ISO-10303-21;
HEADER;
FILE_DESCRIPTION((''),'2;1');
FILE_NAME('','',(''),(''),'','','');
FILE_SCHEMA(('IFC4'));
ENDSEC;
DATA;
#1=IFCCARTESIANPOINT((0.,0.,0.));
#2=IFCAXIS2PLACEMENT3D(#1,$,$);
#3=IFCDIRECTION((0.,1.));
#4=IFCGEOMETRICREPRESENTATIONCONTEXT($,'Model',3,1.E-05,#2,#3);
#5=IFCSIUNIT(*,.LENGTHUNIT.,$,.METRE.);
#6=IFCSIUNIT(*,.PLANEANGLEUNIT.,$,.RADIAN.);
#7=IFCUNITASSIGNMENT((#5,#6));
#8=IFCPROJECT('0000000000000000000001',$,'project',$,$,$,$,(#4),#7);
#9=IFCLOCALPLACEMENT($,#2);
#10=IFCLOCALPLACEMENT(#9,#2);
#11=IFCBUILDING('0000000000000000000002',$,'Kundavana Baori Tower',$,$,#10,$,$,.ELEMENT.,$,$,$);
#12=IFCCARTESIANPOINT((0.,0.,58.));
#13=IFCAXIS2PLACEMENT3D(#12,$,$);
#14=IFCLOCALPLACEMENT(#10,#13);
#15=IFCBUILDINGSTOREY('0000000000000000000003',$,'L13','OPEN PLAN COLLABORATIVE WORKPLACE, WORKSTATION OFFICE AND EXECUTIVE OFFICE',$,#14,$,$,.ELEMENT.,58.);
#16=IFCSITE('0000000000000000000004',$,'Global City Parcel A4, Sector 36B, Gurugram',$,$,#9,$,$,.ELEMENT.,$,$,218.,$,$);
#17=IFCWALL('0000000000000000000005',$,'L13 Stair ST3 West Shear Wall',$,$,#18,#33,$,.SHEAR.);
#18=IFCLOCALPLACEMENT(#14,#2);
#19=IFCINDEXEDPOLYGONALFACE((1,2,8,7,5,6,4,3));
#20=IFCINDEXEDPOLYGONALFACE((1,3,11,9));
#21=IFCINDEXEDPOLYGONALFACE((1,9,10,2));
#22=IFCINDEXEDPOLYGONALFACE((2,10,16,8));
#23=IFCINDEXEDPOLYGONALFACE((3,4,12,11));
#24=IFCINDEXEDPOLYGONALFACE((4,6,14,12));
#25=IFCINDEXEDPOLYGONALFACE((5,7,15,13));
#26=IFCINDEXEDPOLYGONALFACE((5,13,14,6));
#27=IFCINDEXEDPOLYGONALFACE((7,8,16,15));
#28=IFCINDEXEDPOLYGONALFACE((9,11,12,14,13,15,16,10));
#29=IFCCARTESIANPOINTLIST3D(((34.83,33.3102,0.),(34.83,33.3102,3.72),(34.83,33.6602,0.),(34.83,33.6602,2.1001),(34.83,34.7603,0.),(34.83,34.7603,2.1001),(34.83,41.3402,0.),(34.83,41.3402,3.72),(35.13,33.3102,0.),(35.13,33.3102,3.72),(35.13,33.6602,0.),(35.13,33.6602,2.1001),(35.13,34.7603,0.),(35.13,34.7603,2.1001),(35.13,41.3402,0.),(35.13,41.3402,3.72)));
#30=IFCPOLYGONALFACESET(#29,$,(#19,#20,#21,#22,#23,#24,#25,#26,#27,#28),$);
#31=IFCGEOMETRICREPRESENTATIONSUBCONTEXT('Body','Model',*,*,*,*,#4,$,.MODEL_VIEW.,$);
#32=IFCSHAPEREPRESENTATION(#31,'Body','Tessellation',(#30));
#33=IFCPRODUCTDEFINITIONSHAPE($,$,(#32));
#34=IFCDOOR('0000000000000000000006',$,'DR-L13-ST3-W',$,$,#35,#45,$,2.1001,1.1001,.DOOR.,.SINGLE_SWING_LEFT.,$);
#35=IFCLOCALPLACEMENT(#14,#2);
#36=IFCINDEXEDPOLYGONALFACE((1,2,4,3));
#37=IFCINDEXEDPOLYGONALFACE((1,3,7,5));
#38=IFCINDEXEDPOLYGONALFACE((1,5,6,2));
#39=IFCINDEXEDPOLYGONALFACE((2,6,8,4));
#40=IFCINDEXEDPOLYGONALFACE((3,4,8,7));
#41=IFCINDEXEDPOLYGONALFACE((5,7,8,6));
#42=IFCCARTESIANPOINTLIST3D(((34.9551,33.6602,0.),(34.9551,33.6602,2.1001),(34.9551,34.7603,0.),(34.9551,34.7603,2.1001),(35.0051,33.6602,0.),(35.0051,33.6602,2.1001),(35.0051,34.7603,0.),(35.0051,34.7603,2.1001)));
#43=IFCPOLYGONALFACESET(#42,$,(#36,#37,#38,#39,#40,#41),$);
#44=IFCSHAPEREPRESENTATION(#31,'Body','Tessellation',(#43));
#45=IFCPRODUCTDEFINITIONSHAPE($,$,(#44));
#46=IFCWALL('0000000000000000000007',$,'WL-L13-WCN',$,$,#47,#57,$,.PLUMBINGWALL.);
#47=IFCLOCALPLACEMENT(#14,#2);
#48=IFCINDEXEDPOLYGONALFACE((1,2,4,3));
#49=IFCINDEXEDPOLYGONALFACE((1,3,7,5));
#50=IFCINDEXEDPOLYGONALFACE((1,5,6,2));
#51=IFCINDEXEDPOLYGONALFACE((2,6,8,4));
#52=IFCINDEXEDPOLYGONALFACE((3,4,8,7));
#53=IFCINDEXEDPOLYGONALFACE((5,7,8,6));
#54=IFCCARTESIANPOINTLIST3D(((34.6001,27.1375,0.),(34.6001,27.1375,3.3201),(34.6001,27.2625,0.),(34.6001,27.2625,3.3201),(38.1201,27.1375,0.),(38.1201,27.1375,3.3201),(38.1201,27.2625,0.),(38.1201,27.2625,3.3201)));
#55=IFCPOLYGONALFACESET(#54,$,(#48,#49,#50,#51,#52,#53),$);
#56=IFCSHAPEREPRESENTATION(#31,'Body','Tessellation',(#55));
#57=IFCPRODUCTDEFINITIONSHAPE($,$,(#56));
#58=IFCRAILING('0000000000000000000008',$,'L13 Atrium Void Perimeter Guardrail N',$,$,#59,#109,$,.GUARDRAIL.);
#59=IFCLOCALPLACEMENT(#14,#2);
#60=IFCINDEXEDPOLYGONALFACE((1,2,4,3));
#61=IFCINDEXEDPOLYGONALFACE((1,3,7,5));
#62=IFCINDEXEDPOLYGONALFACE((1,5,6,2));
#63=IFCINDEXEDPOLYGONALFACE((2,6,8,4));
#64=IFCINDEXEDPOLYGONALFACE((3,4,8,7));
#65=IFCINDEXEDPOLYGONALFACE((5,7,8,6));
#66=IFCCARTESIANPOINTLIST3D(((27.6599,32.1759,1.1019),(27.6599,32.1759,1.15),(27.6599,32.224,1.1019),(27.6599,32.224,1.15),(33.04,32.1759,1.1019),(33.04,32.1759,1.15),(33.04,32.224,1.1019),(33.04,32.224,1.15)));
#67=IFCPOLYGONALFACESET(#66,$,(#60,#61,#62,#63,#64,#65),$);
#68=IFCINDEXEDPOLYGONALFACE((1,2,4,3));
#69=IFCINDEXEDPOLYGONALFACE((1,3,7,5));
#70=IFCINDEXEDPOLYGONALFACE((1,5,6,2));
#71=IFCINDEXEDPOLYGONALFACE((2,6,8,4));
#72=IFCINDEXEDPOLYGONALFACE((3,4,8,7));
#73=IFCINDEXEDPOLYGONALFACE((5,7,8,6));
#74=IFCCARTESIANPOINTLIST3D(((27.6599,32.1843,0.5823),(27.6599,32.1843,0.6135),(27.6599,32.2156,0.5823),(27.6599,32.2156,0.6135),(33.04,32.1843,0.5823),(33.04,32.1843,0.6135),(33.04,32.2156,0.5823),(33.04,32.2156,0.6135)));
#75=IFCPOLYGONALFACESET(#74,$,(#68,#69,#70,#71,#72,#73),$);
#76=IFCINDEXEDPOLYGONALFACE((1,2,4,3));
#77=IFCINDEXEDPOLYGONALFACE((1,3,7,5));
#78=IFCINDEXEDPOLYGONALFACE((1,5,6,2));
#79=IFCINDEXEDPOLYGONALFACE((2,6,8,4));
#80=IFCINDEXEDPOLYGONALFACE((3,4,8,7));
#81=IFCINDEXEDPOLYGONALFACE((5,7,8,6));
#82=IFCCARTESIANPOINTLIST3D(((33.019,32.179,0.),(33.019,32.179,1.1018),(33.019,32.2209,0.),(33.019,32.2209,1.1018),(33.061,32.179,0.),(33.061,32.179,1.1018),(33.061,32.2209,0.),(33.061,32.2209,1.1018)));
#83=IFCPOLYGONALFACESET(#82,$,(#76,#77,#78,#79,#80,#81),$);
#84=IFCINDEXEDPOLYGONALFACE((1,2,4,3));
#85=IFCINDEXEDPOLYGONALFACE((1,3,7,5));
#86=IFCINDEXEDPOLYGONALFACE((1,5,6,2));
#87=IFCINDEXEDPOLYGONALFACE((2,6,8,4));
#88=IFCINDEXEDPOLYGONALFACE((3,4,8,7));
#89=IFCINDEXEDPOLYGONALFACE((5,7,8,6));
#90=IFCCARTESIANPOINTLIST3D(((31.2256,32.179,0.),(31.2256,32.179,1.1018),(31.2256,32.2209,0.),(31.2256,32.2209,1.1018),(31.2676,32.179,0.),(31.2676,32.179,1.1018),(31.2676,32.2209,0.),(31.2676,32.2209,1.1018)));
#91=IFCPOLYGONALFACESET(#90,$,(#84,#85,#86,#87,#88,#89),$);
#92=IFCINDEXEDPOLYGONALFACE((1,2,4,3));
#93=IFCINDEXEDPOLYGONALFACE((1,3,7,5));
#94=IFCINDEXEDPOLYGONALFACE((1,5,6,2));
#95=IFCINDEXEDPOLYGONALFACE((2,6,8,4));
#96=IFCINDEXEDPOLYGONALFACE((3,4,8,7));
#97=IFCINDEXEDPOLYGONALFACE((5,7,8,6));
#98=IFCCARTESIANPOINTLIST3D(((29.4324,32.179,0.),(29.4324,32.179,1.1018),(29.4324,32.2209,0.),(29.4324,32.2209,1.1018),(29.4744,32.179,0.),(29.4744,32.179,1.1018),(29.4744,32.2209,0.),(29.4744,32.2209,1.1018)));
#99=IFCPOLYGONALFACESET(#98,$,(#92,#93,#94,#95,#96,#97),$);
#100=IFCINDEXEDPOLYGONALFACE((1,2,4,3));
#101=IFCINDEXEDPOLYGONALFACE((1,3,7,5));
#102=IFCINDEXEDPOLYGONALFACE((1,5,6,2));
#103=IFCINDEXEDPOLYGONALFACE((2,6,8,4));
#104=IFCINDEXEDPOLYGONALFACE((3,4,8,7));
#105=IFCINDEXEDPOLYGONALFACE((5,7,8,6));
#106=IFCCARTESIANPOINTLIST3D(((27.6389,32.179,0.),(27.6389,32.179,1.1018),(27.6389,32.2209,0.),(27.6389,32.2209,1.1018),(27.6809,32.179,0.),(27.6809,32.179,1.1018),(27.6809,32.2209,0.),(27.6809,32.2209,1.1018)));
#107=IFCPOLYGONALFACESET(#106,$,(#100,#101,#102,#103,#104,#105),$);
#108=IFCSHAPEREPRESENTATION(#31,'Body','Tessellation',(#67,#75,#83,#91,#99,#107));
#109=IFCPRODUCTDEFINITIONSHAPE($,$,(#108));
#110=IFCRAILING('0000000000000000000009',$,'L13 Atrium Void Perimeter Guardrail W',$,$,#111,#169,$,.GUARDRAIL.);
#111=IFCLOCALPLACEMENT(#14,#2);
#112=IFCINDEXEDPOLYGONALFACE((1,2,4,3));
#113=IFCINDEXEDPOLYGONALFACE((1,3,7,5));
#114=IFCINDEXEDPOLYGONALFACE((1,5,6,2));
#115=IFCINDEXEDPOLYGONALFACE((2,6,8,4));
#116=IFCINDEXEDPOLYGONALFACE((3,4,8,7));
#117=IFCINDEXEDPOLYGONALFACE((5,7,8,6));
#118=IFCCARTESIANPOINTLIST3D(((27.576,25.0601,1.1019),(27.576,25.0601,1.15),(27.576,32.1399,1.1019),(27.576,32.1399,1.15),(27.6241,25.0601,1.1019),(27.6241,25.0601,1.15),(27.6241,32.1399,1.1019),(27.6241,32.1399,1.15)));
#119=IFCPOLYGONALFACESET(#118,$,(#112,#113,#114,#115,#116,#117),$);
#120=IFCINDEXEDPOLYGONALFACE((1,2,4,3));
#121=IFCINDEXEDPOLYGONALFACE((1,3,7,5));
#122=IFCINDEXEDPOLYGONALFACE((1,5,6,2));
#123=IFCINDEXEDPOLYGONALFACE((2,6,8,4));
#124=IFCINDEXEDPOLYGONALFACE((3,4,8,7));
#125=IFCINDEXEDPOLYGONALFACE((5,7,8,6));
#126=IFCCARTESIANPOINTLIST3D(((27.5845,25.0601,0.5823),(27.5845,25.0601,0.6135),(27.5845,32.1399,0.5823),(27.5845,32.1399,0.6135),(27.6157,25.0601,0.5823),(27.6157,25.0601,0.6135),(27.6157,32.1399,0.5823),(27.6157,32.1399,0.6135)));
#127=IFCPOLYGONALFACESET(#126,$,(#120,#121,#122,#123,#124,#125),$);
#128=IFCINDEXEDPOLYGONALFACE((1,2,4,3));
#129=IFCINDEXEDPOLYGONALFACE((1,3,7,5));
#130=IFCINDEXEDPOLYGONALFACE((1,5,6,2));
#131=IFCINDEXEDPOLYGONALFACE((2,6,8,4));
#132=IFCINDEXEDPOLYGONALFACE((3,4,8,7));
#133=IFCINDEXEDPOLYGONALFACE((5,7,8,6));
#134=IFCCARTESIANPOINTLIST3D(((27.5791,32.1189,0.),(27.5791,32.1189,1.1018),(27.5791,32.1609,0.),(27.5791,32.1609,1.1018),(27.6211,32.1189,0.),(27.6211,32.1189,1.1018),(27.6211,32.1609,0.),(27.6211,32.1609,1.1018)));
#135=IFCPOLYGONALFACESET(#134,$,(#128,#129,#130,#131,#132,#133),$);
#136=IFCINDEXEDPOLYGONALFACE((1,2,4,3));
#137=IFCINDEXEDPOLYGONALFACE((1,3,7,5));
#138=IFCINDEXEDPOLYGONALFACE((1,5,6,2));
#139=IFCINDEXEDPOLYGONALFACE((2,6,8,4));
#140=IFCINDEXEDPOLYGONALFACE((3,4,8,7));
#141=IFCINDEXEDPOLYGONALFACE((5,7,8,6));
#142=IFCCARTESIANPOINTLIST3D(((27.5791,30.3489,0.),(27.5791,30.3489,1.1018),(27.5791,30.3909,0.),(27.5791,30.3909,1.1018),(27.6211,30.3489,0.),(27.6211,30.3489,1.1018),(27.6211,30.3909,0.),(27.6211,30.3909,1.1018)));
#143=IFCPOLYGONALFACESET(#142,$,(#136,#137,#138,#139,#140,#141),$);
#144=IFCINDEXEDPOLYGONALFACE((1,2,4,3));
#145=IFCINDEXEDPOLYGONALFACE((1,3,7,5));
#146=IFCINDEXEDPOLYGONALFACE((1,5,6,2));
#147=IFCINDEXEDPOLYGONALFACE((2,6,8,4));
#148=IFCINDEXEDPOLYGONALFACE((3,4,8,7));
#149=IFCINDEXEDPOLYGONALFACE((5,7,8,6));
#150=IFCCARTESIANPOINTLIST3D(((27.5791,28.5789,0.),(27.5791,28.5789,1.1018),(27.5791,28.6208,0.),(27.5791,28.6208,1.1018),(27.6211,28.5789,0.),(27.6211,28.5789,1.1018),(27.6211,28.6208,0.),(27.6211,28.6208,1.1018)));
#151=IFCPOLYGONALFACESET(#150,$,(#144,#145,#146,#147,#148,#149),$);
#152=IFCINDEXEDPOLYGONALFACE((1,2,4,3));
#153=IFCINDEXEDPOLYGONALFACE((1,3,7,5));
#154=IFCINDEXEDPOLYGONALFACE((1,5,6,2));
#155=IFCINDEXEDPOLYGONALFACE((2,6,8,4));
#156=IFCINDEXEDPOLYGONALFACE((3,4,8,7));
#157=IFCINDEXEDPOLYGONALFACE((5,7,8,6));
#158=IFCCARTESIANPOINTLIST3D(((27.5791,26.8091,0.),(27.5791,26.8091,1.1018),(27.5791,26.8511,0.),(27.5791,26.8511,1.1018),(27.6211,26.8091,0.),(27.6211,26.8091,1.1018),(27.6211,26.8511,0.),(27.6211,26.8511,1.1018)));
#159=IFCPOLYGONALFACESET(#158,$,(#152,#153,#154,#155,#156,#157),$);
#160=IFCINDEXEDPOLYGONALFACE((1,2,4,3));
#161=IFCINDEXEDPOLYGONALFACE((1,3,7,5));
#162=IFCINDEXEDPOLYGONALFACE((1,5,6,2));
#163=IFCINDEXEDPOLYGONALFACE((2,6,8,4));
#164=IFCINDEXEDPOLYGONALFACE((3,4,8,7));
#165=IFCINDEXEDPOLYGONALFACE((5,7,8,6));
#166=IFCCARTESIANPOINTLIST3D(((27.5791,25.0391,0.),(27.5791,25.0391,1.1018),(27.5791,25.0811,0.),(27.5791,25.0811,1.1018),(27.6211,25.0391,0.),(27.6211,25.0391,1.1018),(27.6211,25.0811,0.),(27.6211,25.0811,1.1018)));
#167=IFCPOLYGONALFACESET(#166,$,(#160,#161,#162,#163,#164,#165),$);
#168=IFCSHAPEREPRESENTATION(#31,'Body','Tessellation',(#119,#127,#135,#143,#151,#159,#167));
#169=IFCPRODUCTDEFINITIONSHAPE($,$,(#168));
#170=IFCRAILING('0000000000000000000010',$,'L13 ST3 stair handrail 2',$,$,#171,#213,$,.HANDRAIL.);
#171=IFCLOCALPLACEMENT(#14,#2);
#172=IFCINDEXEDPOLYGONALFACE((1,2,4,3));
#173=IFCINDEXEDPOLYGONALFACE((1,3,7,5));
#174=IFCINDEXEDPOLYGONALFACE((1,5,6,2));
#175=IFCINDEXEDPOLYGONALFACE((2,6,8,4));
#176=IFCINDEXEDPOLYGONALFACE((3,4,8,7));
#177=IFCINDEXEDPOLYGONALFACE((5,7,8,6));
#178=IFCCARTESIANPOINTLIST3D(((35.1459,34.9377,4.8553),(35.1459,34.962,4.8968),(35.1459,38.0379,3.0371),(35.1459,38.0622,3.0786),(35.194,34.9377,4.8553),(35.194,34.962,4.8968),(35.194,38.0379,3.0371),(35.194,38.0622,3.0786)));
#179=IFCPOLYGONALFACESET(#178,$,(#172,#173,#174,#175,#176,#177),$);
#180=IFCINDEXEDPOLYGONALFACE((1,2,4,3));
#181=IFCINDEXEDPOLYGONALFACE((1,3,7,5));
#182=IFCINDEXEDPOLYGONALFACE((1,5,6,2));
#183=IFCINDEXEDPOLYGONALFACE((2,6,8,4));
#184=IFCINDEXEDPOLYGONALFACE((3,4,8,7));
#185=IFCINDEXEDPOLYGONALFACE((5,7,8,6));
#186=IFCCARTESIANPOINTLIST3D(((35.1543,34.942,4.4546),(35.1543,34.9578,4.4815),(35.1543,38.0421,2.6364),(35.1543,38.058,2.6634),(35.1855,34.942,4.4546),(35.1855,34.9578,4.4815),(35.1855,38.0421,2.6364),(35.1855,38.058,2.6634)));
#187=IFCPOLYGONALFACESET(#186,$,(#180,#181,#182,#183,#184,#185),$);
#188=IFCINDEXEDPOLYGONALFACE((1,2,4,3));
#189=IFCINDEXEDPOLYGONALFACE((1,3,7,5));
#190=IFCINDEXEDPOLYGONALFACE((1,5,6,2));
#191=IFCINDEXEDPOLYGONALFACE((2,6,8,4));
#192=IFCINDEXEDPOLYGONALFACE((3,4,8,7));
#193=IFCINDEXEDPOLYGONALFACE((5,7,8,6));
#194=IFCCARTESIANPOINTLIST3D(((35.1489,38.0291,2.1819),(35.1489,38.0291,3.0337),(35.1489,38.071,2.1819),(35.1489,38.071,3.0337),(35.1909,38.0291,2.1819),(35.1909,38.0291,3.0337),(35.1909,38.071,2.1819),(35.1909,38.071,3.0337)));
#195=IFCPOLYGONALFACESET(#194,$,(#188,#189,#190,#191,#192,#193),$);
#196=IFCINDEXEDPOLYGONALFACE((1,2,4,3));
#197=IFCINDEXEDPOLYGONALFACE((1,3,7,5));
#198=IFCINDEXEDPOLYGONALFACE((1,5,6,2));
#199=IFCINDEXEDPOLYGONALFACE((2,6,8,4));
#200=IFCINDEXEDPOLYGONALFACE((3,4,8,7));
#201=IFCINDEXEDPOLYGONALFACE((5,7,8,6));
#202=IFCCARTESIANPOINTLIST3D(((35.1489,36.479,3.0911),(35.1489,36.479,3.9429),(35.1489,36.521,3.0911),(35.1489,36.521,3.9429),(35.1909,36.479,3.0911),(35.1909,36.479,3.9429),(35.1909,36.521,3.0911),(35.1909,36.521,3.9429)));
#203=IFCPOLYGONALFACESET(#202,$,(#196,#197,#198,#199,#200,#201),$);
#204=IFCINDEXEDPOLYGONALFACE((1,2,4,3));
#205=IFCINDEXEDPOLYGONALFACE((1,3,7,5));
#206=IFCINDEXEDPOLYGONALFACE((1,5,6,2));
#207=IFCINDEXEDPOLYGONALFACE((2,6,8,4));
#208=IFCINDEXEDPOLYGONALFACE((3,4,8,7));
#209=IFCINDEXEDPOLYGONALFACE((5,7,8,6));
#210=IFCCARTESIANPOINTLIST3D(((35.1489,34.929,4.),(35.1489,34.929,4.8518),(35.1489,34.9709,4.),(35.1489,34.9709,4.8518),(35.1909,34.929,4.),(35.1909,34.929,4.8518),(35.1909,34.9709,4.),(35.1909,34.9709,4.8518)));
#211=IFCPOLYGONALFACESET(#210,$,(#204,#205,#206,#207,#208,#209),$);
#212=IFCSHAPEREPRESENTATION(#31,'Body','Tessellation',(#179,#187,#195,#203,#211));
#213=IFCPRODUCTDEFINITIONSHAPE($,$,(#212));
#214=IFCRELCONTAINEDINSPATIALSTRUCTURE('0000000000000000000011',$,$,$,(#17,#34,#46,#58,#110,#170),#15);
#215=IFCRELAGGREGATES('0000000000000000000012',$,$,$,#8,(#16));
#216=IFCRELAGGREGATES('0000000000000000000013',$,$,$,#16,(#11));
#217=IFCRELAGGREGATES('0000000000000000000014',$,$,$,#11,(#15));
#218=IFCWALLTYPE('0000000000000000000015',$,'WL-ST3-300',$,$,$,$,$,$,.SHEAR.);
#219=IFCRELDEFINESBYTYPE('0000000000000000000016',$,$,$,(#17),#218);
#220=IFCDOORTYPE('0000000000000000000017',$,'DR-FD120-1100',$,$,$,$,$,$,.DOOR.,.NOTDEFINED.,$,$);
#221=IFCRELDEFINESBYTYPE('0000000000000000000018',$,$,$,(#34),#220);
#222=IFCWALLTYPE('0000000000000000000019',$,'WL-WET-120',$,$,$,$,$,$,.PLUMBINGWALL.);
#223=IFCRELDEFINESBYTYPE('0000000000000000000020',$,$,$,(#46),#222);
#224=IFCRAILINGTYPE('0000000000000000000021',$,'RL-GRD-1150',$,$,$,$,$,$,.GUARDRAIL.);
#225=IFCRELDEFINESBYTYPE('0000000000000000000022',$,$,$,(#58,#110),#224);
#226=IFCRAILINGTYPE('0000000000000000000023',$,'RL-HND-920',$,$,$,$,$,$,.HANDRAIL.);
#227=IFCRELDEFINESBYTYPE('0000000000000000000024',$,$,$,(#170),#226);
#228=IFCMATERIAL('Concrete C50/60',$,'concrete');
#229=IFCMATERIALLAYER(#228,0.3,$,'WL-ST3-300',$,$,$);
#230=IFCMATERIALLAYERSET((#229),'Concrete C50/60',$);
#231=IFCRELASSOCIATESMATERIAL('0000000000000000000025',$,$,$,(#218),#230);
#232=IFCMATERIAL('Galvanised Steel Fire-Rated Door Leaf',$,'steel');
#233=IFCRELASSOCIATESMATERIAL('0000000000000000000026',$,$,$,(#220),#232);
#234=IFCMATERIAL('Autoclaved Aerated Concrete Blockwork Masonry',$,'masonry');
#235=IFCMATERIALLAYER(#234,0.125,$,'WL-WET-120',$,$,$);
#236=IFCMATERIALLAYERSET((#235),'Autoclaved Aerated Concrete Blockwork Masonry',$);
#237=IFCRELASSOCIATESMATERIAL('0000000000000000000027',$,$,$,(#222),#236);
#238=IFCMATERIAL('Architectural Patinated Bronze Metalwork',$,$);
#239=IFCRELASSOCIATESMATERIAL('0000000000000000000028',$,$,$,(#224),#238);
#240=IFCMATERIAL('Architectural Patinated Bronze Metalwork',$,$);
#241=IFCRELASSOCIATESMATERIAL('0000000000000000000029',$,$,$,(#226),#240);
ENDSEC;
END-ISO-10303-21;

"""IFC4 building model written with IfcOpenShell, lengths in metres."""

from ifc_helpers import new_model, si_unit, direction, frame, frame_2d, origin, origin_2d, place, context, subcontext, project, spatial, rectangle, extrude, material, layer, layer_set, type_object, element, fill, save


model = new_model("IFC4")

# Units and contexts
model_context = context("Model", 3, precision=1e-05, world=origin(), true_north=direction((0.0, 1.0)))
body_context = subcontext(model_context, "Body", "Model", "MODEL_VIEW")
ifc_project = project(units=[si_unit("LENGTHUNIT", "METRE"), si_unit("PLANEANGLEUNIT", "RADIAN")], contexts=[model_context])

# Site, building, storey
site_placement = place(None, origin())
site = spatial("IfcSite", under=ifc_project, at=site_placement, Name="Global City Parcel A4, Sector 36B, Gurugram", CompositionType="ELEMENT", RefElevation=218.0)
building_placement = place(site_placement, origin())
building = spatial("IfcBuilding", under=site, at=building_placement, Name="Kundavana Baori Tower", CompositionType="ELEMENT")
storey_placement = place(building_placement, frame((0.0, 0.0, 58.0)))
storey = spatial("IfcBuildingStorey", under=building, at=storey_placement, Name="L13", Description="OPEN PLAN COLLABORATIVE WORKPLACE, WORKSTATION OFFICE AND EXECUTIVE OFFICE", CompositionType="ELEMENT", Elevation=58.0)

# Shared definitions
ifc_material_1 = material(Name="Concrete C50/60", Category="concrete")
ifc_layer_1 = layer(ifc_material_1, 0.3, Name="WL-ST3-300")
ifc_layer_set_1 = layer_set([ifc_layer_1], Name="Concrete C50/60")
wall_type_1 = type_object("IfcWallType", Name="WL-ST3-300", PredefinedType="SHEAR", material=ifc_layer_set_1)

# Wall, opening, door
wall_1_placement = place(storey_placement, frame((34.98, 33.3101, 0.0), z_axis=(0.0, 0.0, 1.0), x_axis=(0.0, 1.0, 0.0)))
wall_1 = element("IfcWall", 1, at=wall_1_placement, inside=storey, type_object=wall_type_1, Name="L13 Stair ST3 West Shear Wall", PredefinedType="SHEAR", context=body_context, shape_type="SweptSolid", body=[
    extrude(rectangle(XDim=8.03, YDim=0.3, at=frame_2d((4.0151, 0.0))), origin(), (0.0, 0.0, 1.0), 3.72),
])
opening_1_placement = place(wall_1_placement, frame((0.3501, 0.0, 0.0)))
opening_1 = element("IfcOpeningElement", 2, at=opening_1_placement, cuts=wall_1, PredefinedType="OPENING", context=body_context, shape_type="SweptSolid", body=[
    extrude(rectangle(XDim=1.1001, YDim=2.1001, at=frame_2d((0.55, 1.05))), frame((0.0, 0.1602, 0.0), z_axis=(0.0, -1.0, 0.0), x_axis=(1.0, 0.0, 0.0)), (0.0, 0.0, 1.0), 0.3201),
])
ifc_material_2 = material(Name="Galvanised Steel Fire-Rated Door Leaf", Category="steel")
door_type_1 = type_object("IfcDoorType", Name="DR-FD120-1100", OperationType="NOTDEFINED", PredefinedType="DOOR", material=ifc_material_2)
door_1_placement = place(opening_1_placement, origin())
door_1 = element("IfcDoor", 3, at=door_1_placement, inside=storey, type_object=door_type_1, Name="DR-L13-ST3-W", OperationType="SINGLE_SWING_LEFT", OverallHeight=2.1001, OverallWidth=1.1001, PredefinedType="DOOR", context=body_context, shape_type="SweptSolid", body=[
    extrude(rectangle(XDim=1.1001, YDim=2.1001, at=frame_2d((0.55, 1.05))), frame((0.0, 0.0249, 0.0), z_axis=(0.0, -1.0, 0.0), x_axis=(1.0, 0.0, 0.0)), (0.0, 0.0, 1.0), 0.05),
])
fill(opening_1, door_1)

# Wall
ifc_material_3 = material(Name="Autoclaved Aerated Concrete Blockwork Masonry", Category="masonry")
ifc_layer_2 = layer(ifc_material_3, 0.125, Name="WL-WET-120")
ifc_layer_set_2 = layer_set([ifc_layer_2], Name="Autoclaved Aerated Concrete Blockwork Masonry")
wall_type_2 = type_object("IfcWallType", Name="WL-WET-120", PredefinedType="PLUMBINGWALL", material=ifc_layer_set_2)
wall_2_placement = place(storey_placement, frame((34.6001, 27.2, 0.0), z_axis=(0.0, 0.0, 1.0), x_axis=(1.0, 0.0, 0.0)))
element("IfcWall", 4, at=wall_2_placement, inside=storey, type_object=wall_type_2, Name="WL-L13-WCN", PredefinedType="PLUMBINGWALL", context=body_context, shape_type="SweptSolid", body=[
    extrude(rectangle(XDim=3.52, YDim=0.125, at=frame_2d((1.76, 0.0))), origin(), (0.0, 0.0, 1.0), 3.3201),
])

# Railings
ifc_material_4 = material(Name="Architectural Patinated Bronze Metalwork")
railing_type_1 = type_object("IfcRailingType", Name="RL-GRD-1150", PredefinedType="GUARDRAIL", material=ifc_material_4)
railing_1_placement = place(storey_placement, frame((33.04, 32.2, 0.0)))
element("IfcRailing", 5, at=railing_1_placement, inside=storey, type_object=railing_type_1, Name="L13 Atrium Void Perimeter Guardrail N", PredefinedType="GUARDRAIL", context=body_context, shape_type="SweptSolid", body=[
    extrude(rectangle(XDim=0.0481, YDim=0.0481, at=origin_2d()), frame((0.0, 0.0, 1.126), z_axis=(-1.0, 0.0, 0.0), x_axis=(0.0, -1.0, 0.0)), (0.0, 0.0, 1.0), 5.3801),
    extrude(rectangle(XDim=0.0312, YDim=0.0312, at=origin_2d()), frame((0.0, 0.0, 0.5979), z_axis=(-1.0, 0.0, 0.0), x_axis=(0.0, -1.0, 0.0)), (0.0, 0.0, 1.0), 5.3801),
    extrude(rectangle(XDim=0.042, YDim=0.042, at=origin_2d()), origin(), (0.0, 0.0, 1.0), 1.1018),
    extrude(rectangle(XDim=0.042, YDim=0.042, at=origin_2d()), frame((-1.7935, 0.0, 0.0)), (0.0, 0.0, 1.0), 1.1018),
    extrude(rectangle(XDim=0.042, YDim=0.042, at=origin_2d()), frame((-3.5867, 0.0, 0.0)), (0.0, 0.0, 1.0), 1.1018),
    extrude(rectangle(XDim=0.042, YDim=0.042, at=origin_2d()), frame((-5.3801, 0.0, 0.0)), (0.0, 0.0, 1.0), 1.1018),
])
railing_2_placement = place(storey_placement, frame((27.6001, 32.1399, 0.0)))
element("IfcRailing", 6, at=railing_2_placement, inside=storey, type_object=railing_type_1, Name="L13 Atrium Void Perimeter Guardrail W", PredefinedType="GUARDRAIL", context=body_context, shape_type="SweptSolid", body=[
    extrude(rectangle(XDim=0.0481, YDim=0.0481, at=origin_2d()), frame((0.0, 0.0, 1.126), z_axis=(0.0, -1.0, 0.0), x_axis=(1.0, 0.0, 0.0)), (0.0, 0.0, 1.0), 7.0798),
    extrude(rectangle(XDim=0.0312, YDim=0.0312, at=origin_2d()), frame((0.0, 0.0, 0.5979), z_axis=(0.0, -1.0, 0.0), x_axis=(1.0, 0.0, 0.0)), (0.0, 0.0, 1.0), 7.0798),
    extrude(rectangle(XDim=0.042, YDim=0.042, at=origin_2d()), origin(), (0.0, 0.0, 1.0), 1.1018),
    extrude(rectangle(XDim=0.042, YDim=0.042, at=origin_2d()), frame((0.0, -1.77, 0.0)), (0.0, 0.0, 1.0), 1.1018),
    extrude(rectangle(XDim=0.042, YDim=0.042, at=origin_2d()), frame((0.0, -3.54, 0.0)), (0.0, 0.0, 1.0), 1.1018),
    extrude(rectangle(XDim=0.042, YDim=0.042, at=origin_2d()), frame((0.0, -5.3098, 0.0)), (0.0, 0.0, 1.0), 1.1018),
    extrude(rectangle(XDim=0.042, YDim=0.042, at=origin_2d()), frame((0.0, -7.0798, 0.0)), (0.0, 0.0, 1.0), 1.1018),
])
ifc_material_5 = material(Name="Architectural Patinated Bronze Metalwork")
railing_type_2 = type_object("IfcRailingType", Name="RL-HND-920", PredefinedType="HANDRAIL", material=ifc_material_5)
railing_3_placement = place(storey_placement, frame((35.1699, 38.05, 2.1819)))
element("IfcRailing", 7, at=railing_3_placement, inside=storey, type_object=railing_type_2, Name="L13 ST3 stair handrail 2", PredefinedType="HANDRAIL", context=body_context, shape_type="SweptSolid", body=[
    extrude(rectangle(XDim=0.0481, YDim=0.0481, at=origin_2d()), frame((0.0, 0.0, 0.876), z_axis=(0.0, -0.862599, 0.505889), x_axis=(1.0, 0.0, 0.0)), (0.0, 0.0, 1.0), 3.594),
    extrude(rectangle(XDim=0.0312, YDim=0.0312, at=origin_2d()), frame((0.0, 0.0, 0.468), z_axis=(0.0, -0.862599, 0.505889), x_axis=(1.0, 0.0, 0.0)), (0.0, 0.0, 1.0), 3.594),
    extrude(rectangle(XDim=0.042, YDim=0.042, at=origin_2d()), origin(), (0.0, 0.0, 1.0), 0.8518),
    extrude(rectangle(XDim=0.042, YDim=0.042, at=origin_2d()), frame((0.0, -1.55, 0.9092)), (0.0, 0.0, 1.0), 0.8518),
    extrude(rectangle(XDim=0.042, YDim=0.042, at=origin_2d()), frame((0.0, -3.1001, 1.8181)), (0.0, 0.0, 1.0), 0.8518),
])

save(model, "model.ifc")
